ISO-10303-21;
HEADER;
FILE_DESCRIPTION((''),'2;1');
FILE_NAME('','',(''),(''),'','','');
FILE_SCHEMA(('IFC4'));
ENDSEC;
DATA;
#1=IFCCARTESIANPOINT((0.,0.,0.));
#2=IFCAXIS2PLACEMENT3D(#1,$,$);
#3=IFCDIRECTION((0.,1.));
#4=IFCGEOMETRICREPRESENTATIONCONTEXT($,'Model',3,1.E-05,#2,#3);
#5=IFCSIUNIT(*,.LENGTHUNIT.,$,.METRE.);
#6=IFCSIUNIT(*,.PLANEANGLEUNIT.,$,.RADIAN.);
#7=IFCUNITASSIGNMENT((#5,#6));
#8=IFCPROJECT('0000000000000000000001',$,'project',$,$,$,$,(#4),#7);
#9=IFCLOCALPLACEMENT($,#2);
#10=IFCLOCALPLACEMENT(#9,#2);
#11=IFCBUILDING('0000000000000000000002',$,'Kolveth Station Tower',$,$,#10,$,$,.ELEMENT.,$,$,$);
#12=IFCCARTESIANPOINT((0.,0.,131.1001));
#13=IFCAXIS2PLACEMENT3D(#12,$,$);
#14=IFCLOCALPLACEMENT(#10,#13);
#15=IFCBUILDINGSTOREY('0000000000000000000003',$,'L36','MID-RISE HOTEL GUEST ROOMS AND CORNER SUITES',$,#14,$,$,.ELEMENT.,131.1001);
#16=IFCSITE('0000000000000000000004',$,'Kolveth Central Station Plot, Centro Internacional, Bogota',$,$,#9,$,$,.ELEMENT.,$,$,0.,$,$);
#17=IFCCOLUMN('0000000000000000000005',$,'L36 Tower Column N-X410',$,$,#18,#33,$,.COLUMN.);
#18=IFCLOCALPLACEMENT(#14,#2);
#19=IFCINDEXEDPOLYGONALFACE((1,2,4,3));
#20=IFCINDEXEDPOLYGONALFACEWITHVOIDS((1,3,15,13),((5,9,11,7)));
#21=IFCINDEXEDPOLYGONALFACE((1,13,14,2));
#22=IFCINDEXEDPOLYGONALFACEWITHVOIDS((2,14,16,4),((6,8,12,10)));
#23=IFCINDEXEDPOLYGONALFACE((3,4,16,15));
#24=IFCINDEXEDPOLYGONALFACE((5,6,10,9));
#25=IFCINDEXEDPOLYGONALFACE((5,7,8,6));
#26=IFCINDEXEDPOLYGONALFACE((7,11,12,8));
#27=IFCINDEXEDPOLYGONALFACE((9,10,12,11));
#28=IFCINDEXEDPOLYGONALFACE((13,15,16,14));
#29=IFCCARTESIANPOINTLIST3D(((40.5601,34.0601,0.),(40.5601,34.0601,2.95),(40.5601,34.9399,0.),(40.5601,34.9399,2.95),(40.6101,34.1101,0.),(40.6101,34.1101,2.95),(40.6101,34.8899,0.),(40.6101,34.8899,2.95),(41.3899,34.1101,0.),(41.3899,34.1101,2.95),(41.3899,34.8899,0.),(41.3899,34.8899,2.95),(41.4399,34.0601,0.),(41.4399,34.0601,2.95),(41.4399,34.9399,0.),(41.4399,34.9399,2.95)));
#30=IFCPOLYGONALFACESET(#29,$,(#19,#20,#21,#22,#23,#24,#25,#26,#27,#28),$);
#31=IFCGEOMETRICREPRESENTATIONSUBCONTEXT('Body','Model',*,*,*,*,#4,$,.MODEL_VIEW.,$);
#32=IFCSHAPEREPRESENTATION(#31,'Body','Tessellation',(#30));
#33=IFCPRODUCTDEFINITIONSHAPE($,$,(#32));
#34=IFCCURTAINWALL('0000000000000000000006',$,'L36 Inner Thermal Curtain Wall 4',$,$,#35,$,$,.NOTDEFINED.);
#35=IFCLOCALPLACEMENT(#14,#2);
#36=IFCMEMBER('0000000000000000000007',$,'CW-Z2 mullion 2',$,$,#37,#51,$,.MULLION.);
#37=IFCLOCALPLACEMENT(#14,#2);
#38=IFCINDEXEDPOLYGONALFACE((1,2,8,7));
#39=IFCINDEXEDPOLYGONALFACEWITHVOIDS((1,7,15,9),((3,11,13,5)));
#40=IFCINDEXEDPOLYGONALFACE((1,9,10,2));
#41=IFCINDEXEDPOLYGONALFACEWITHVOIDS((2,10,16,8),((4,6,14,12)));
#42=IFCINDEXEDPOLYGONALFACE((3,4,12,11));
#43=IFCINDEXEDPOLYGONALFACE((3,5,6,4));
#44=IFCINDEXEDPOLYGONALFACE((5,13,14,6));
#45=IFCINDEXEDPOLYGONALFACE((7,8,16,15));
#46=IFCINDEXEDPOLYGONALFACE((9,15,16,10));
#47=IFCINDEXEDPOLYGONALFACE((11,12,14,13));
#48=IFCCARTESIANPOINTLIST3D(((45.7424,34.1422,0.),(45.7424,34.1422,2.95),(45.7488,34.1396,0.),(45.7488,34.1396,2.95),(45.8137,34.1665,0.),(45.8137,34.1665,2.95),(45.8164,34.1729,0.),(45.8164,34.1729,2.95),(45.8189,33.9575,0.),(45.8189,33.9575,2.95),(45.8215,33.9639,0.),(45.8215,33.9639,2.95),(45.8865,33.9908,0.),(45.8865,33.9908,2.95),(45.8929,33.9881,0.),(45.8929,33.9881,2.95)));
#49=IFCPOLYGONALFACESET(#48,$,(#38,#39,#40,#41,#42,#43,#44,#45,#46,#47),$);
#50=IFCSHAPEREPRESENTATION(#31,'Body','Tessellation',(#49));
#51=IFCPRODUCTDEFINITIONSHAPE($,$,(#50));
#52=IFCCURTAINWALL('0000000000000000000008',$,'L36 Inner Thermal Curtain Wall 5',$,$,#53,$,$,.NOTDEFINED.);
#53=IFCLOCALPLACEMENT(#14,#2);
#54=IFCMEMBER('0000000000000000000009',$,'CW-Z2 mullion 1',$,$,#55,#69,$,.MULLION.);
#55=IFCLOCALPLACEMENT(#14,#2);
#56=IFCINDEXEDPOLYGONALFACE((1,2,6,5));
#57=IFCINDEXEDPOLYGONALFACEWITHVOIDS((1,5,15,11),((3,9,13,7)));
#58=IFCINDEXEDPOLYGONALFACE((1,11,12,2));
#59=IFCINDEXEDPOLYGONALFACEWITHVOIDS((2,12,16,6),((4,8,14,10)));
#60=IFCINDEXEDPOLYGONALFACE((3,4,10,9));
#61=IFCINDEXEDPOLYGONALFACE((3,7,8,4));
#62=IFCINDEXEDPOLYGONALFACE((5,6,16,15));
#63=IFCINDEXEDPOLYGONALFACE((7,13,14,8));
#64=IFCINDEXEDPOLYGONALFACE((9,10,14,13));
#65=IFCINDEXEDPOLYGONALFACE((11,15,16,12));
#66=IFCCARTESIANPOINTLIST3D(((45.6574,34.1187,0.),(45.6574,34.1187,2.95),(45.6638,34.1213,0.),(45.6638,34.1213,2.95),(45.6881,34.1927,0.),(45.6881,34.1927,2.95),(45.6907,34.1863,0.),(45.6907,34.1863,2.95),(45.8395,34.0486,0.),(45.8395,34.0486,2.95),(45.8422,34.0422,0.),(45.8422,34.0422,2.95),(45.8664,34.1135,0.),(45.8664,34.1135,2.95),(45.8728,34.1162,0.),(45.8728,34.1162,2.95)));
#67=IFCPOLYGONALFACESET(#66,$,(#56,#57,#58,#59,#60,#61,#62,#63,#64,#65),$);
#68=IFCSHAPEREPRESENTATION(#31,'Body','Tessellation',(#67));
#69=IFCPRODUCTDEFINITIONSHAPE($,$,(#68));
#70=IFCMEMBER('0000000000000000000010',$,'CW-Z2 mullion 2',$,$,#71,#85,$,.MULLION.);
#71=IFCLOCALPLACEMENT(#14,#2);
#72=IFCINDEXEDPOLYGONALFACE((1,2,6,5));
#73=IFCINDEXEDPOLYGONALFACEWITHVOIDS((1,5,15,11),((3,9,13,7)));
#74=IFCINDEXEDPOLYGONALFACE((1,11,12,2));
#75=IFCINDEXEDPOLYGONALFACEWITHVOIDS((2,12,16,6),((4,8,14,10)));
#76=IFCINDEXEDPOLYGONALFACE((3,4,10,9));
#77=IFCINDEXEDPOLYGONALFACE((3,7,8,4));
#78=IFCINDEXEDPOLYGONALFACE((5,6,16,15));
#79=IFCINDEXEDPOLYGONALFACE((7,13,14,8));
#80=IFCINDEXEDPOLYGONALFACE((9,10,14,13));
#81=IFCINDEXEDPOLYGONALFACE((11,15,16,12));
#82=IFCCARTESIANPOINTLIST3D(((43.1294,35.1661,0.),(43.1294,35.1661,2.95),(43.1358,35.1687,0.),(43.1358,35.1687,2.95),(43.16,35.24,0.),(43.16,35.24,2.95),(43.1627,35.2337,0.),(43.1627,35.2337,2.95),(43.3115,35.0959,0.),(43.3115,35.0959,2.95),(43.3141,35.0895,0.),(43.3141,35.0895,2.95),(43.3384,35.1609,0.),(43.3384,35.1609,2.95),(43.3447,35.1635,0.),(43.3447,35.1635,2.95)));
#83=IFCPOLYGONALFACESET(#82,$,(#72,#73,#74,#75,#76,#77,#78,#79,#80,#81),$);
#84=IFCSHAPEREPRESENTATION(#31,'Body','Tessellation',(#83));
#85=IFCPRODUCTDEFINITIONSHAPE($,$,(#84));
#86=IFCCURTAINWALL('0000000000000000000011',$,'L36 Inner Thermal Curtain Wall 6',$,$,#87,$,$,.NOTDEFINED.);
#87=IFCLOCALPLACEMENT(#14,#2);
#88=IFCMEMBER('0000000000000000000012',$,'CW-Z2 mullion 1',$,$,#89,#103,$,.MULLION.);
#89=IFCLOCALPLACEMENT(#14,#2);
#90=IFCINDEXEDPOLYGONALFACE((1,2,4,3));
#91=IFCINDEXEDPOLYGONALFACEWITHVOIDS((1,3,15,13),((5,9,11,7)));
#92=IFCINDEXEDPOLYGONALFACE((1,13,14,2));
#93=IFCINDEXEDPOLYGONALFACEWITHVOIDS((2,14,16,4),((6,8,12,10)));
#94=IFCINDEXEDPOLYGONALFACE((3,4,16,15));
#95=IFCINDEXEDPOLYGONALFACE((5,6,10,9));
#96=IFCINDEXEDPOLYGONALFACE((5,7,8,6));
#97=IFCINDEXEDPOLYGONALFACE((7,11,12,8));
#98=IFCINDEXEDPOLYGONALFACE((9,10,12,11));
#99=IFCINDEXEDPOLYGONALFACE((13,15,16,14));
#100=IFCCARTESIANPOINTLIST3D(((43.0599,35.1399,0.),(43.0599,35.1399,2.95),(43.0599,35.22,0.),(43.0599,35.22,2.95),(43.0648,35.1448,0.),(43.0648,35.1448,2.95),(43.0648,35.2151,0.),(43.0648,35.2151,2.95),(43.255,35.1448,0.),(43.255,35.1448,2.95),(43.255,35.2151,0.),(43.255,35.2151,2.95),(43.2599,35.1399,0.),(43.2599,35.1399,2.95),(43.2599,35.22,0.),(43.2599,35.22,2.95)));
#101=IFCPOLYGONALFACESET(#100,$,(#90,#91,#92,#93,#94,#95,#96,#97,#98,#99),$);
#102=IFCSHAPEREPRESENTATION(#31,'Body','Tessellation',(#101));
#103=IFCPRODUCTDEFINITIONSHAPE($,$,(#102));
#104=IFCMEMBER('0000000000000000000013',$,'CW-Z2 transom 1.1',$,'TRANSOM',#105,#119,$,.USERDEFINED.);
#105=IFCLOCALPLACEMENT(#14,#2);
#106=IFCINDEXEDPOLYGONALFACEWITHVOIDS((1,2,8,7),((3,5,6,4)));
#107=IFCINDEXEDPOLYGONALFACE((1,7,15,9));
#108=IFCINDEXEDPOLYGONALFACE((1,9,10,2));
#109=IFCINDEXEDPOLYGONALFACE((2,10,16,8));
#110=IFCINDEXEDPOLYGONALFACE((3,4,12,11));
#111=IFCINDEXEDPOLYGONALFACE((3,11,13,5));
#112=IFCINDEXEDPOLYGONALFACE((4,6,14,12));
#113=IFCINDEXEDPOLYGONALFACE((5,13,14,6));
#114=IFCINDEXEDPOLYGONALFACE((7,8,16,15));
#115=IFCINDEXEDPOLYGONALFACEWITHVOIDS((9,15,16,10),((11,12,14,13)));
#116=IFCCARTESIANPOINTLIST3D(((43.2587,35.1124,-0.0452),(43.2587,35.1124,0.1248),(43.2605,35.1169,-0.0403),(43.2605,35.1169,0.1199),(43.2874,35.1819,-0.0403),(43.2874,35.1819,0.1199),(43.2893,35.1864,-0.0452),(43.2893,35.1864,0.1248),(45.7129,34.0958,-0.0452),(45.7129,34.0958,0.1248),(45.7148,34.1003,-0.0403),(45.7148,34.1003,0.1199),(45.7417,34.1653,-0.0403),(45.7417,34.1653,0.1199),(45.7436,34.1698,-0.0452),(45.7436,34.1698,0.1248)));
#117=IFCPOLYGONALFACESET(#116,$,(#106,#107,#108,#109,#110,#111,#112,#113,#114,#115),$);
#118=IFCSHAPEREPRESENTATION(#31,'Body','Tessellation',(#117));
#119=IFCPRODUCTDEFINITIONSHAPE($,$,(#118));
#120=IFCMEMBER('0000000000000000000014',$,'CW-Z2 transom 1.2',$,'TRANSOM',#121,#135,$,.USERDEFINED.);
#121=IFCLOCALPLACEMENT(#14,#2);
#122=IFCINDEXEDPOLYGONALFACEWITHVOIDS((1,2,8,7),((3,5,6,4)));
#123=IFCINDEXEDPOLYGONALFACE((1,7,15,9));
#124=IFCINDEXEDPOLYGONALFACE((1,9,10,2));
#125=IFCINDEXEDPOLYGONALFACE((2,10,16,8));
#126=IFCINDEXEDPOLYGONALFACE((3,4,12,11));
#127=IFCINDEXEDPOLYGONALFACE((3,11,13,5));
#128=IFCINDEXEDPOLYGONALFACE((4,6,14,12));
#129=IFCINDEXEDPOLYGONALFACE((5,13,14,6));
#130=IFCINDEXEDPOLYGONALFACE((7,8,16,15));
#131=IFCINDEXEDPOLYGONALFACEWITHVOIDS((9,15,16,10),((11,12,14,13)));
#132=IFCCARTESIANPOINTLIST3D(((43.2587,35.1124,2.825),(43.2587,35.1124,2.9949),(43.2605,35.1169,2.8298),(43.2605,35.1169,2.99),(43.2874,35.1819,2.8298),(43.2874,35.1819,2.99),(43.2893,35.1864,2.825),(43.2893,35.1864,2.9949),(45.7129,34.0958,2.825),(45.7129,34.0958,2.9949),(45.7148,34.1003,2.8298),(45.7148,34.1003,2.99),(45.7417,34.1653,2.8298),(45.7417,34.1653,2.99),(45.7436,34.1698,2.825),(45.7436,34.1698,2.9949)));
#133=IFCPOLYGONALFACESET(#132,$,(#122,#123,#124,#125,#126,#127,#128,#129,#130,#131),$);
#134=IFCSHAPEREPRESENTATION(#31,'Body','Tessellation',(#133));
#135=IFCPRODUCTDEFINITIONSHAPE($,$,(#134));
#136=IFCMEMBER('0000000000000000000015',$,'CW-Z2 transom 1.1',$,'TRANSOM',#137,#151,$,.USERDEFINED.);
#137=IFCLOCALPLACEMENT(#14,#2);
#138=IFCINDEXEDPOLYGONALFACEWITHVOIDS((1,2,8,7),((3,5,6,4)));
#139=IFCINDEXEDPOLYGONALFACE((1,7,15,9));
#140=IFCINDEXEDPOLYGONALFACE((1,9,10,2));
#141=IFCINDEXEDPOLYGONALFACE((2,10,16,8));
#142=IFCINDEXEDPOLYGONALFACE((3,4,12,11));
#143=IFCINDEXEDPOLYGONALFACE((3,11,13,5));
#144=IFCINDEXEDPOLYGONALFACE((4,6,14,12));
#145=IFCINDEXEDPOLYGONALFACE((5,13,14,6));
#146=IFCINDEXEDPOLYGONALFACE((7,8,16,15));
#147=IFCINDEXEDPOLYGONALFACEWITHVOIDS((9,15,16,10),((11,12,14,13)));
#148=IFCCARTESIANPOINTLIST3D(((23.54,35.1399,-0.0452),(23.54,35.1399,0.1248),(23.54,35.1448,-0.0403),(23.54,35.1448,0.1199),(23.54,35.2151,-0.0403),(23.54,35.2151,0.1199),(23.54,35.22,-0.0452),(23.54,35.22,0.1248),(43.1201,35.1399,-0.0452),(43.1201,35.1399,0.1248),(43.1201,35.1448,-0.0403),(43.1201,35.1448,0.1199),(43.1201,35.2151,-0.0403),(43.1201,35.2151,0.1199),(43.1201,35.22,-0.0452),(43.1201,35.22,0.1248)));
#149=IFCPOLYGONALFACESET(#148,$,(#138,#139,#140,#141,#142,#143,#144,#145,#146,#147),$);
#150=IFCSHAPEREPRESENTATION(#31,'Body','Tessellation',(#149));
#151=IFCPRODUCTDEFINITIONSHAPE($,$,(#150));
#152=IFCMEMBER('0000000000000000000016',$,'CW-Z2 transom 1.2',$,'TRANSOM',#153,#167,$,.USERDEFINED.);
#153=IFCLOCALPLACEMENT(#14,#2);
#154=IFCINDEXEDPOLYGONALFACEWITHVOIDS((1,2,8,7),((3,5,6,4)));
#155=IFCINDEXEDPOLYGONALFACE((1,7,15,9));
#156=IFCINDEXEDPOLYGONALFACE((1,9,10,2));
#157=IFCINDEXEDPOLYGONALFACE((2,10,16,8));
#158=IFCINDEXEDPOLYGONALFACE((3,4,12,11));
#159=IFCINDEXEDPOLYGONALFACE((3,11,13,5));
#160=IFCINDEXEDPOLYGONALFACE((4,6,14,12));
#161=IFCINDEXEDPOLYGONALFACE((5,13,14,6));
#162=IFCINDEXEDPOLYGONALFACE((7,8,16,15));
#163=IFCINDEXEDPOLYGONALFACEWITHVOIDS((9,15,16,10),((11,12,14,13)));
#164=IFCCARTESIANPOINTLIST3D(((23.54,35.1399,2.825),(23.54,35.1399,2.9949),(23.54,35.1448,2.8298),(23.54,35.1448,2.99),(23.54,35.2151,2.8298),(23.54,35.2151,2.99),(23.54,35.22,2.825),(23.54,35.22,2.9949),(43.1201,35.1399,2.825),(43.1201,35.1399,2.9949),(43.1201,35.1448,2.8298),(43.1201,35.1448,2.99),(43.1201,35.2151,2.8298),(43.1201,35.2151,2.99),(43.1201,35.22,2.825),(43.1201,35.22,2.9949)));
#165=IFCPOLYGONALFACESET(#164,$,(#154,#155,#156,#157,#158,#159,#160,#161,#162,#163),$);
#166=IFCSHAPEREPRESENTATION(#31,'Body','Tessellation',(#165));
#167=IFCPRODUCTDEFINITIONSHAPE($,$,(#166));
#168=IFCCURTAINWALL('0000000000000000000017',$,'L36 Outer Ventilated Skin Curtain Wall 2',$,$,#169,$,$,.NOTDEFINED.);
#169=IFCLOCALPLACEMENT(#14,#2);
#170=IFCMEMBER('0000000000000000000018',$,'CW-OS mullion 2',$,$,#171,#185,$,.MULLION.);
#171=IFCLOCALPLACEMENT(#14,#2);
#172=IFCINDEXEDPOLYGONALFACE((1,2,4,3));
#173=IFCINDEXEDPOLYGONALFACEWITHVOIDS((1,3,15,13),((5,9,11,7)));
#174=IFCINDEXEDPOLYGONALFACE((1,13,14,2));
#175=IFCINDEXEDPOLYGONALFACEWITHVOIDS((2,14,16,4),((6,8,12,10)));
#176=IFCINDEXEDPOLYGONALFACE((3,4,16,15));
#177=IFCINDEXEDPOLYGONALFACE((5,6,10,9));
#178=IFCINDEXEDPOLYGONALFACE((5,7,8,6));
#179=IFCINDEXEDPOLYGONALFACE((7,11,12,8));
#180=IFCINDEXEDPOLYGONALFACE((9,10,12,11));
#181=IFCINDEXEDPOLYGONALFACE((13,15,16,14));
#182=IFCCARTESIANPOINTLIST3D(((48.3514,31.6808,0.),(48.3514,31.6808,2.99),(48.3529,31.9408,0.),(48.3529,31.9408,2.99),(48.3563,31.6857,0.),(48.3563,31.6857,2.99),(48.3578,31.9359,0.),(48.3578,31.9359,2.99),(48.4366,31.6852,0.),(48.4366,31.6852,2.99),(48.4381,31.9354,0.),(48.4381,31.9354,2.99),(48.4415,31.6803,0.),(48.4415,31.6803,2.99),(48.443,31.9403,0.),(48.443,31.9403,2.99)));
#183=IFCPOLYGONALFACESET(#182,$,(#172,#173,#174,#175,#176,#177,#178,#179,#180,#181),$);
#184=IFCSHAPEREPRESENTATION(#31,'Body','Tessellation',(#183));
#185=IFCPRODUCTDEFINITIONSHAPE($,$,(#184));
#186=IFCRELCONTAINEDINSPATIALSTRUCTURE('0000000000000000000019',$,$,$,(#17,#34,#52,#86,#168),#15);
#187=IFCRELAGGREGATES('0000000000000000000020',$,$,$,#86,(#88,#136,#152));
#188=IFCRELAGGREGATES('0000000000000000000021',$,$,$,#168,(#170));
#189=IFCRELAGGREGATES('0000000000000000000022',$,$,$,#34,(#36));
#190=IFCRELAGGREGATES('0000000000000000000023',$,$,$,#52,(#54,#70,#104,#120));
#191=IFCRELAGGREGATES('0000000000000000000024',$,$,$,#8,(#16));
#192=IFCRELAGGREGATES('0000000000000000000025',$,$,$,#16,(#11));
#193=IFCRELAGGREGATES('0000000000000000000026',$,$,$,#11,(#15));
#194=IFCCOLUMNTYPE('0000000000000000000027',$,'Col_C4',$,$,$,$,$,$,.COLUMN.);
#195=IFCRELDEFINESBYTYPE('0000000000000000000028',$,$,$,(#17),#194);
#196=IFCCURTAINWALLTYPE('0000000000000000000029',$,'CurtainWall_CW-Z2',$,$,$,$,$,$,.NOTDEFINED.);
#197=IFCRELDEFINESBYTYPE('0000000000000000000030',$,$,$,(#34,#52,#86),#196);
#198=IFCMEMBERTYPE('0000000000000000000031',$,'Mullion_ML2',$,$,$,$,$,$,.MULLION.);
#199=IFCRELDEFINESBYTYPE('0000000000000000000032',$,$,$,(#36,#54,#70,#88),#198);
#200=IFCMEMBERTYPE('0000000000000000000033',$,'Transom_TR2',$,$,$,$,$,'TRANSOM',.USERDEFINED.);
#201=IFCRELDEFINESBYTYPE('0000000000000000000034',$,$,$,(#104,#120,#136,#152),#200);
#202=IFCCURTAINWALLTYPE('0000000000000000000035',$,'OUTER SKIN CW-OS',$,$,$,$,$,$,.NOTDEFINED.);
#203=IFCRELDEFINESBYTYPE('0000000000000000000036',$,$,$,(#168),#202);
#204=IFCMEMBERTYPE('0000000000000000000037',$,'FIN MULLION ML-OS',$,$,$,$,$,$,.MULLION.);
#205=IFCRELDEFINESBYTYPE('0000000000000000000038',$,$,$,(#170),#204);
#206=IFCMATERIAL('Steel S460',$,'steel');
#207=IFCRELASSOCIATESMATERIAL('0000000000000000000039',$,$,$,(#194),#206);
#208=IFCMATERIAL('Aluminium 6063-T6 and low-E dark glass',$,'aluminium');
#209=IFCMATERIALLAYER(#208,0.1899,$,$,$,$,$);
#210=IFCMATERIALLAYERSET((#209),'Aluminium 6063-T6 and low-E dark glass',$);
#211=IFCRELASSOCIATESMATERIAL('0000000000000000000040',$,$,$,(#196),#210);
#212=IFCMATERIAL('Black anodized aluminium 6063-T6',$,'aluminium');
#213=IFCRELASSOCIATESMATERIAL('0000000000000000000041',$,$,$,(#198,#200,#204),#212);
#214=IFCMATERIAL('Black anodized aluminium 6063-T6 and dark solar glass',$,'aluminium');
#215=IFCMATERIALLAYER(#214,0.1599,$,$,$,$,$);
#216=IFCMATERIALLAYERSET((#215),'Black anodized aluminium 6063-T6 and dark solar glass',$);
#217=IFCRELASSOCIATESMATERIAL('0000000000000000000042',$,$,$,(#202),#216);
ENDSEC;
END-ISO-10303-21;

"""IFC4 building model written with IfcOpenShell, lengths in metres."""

from ifc_helpers import new_model, si_unit, direction, frame, origin, origin_2d, place, context, subcontext, project, spatial, hollow_rectangle, extrude, source, transform, mapped, material, layer, layer_set, material_profile, profile_set, type_object, element, aggregate, save


model = new_model("IFC4")

# Units and contexts
model_context = context("Model", 3, precision=1e-05, world=origin(), true_north=direction((0.0, 1.0)))
body_context = subcontext(model_context, "Body", "Model", "MODEL_VIEW")
ifc_project = project(units=[si_unit("LENGTHUNIT", "METRE"), si_unit("PLANEANGLEUNIT", "RADIAN")], contexts=[model_context])

# Site, building, storey
site_placement = place(None, origin())
site = spatial("IfcSite", under=ifc_project, at=site_placement, Name="Kolveth Central Station Plot, Centro Internacional, Bogota", CompositionType="ELEMENT", RefElevation=0.0)
building_placement = place(site_placement, origin())
building = spatial("IfcBuilding", under=site, at=building_placement, Name="Kolveth Station Tower", CompositionType="ELEMENT")
storey_placement = place(building_placement, frame((0.0, 0.0, 131.1001)))
storey = spatial("IfcBuildingStorey", under=building, at=storey_placement, Name="L36", Description="MID-RISE HOTEL GUEST ROOMS AND CORNER SUITES", CompositionType="ELEMENT", Elevation=131.1001)

# Column
ifc_material_1 = material(Name="Steel S460", Category="steel")
ifc_material_profile_1 = material_profile(ifc_material_1, hollow_rectangle(XDim=0.8799, YDim=0.8799, WallThickness=0.05, at=origin_2d()), Name="BOX880x880x50")
ifc_profile_set_1 = profile_set([ifc_material_profile_1], Name="Steel S460")
column_type = type_object("IfcColumnType", Name="Col_C4", PredefinedType="COLUMN", material=ifc_profile_set_1)
shared_shape_1 = source(origin(), body_context, "Body", "SweptSolid", [
    extrude(hollow_rectangle(XDim=0.8799, YDim=0.8799, WallThickness=0.05, at=origin_2d()), origin(), (0.0, 0.0, 1.0), 2.95),
])
column_placement = place(storey_placement, frame((41.0, 34.5, 0.0), z_axis=(0.0, 0.0, 1.0), x_axis=(1.0, 0.0, 0.0)))
element("IfcColumn", 1, at=column_placement, inside=storey, type_object=column_type, Name="L36 Tower Column N-X410", PredefinedType="COLUMN", context=body_context, shape_type="MappedRepresentation", body=[
    mapped(shared_shape_1, transform((0.0, 0.0, 0.0), x_axis=(1.0, 0.0, 0.0), y_axis=(0.0, 1.0, 0.0), z_axis=(0.0, 0.0, 1.0), scale=1.0)),
])

# Curtain wall, member
ifc_material_2 = material(Name="Aluminium 6063-T6 and low-E dark glass", Category="aluminium")
ifc_layer_1 = layer(ifc_material_2, 0.1899)
ifc_layer_set_1 = layer_set([ifc_layer_1], Name="Aluminium 6063-T6 and low-E dark glass")
curtain_wall_type_1 = type_object("IfcCurtainWallType", Name="CurtainWall_CW-Z2", PredefinedType="NOTDEFINED", material=ifc_layer_set_1)
curtain_wall_1_placement = place(storey_placement, origin())
curtain_wall_1 = element("IfcCurtainWall", 2, at=curtain_wall_1_placement, inside=storey, type_object=curtain_wall_type_1, Name="L36 Inner Thermal Curtain Wall 4", PredefinedType="NOTDEFINED")
ifc_material_3 = material(Name="Black anodized aluminium 6063-T6", Category="aluminium")
ifc_material_profile_2 = material_profile(ifc_material_3, hollow_rectangle(XDim=0.0801, YDim=0.2, WallThickness=0.0049, at=origin_2d()), Name="ALU-80x200x5")
ifc_profile_set_2 = profile_set([ifc_material_profile_2], Name="Black anodized aluminium 6063-T6")
member_type_1 = type_object("IfcMemberType", Name="Mullion_ML2", PredefinedType="MULLION", material=ifc_profile_set_2)
shared_shape_2 = source(origin(), body_context, "Body", "SweptSolid", [
    extrude(hollow_rectangle(XDim=0.0801, YDim=0.2, WallThickness=0.0049, at=origin_2d()), origin(), (0.0, 0.0, 1.0), 2.95),
])
member_1_placement = place(storey_placement, frame((45.8176, 34.0652, 0.0), z_axis=(0.0, 0.0, 1.0), x_axis=(-0.923888, -0.382663, 0.0)))
member_1 = element("IfcMember", 3, at=member_1_placement, type_object=member_type_1, Name="CW-Z2 mullion 2", PredefinedType="MULLION", context=body_context, shape_type="MappedRepresentation", body=[
    mapped(shared_shape_2, transform((0.0, 0.0, 0.0), x_axis=(1.0, 0.0, 0.0), y_axis=(0.0, 1.0, 0.0), z_axis=(0.0, 0.0, 1.0), scale=1.0)),
])

# Curtain wall, members
curtain_wall_2_placement = place(storey_placement, origin())
curtain_wall_2 = element("IfcCurtainWall", 4, at=curtain_wall_2_placement, inside=storey, type_object=curtain_wall_type_1, Name="L36 Inner Thermal Curtain Wall 5", PredefinedType="NOTDEFINED")
member_2_placement = place(storey_placement, frame((45.7651, 34.1174, 0.0), z_axis=(0.0, 0.0, 1.0), x_axis=(-0.382663, -0.923888, 0.0)))
member_2 = element("IfcMember", 5, at=member_2_placement, type_object=member_type_1, Name="CW-Z2 mullion 1", PredefinedType="MULLION", context=body_context, shape_type="MappedRepresentation", body=[
    mapped(shared_shape_2, transform((0.0, 0.0, 0.0), x_axis=(1.0, 0.0, 0.0), y_axis=(0.0, 1.0, 0.0), z_axis=(0.0, 0.0, 1.0), scale=1.0)),
])
member_3_placement = place(storey_placement, frame((43.2371, 35.1648, 0.0), z_axis=(0.0, 0.0, 1.0), x_axis=(-0.382663, -0.923888, 0.0)))
member_3 = element("IfcMember", 6, at=member_3_placement, type_object=member_type_1, Name="CW-Z2 mullion 2", PredefinedType="MULLION", context=body_context, shape_type="MappedRepresentation", body=[
    mapped(shared_shape_2, transform((0.0, 0.0, 0.0), x_axis=(1.0, 0.0, 0.0), y_axis=(0.0, 1.0, 0.0), z_axis=(0.0, 0.0, 1.0), scale=1.0)),
])

# Curtain wall, member
curtain_wall_3_placement = place(storey_placement, origin())
curtain_wall_3 = element("IfcCurtainWall", 7, at=curtain_wall_3_placement, inside=storey, type_object=curtain_wall_type_1, Name="L36 Inner Thermal Curtain Wall 6", PredefinedType="NOTDEFINED")
member_4_placement = place(storey_placement, frame((43.1599, 35.1799, 0.0), z_axis=(0.0, 0.0, 1.0), x_axis=(0.0, -1.0, 0.0)))
member_4 = element("IfcMember", 8, at=member_4_placement, type_object=member_type_1, Name="CW-Z2 mullion 1", PredefinedType="MULLION", context=body_context, shape_type="MappedRepresentation", body=[
    mapped(shared_shape_2, transform((0.0, 0.0, 0.0), x_axis=(1.0, 0.0, 0.0), y_axis=(0.0, 1.0, 0.0), z_axis=(0.0, 0.0, 1.0), scale=1.0)),
])

# Members
ifc_material_profile_3 = material_profile(ifc_material_3, hollow_rectangle(XDim=0.0801, YDim=0.1699, WallThickness=0.0049, at=origin_2d()), Name="ALU-80x170x5")
ifc_profile_set_3 = profile_set([ifc_material_profile_3], Name="Black anodized aluminium 6063-T6")
member_type_2 = type_object("IfcMemberType", Name="Transom_TR2", ElementType="TRANSOM", PredefinedType="USERDEFINED", material=ifc_profile_set_3)
shared_shape_3 = source(origin(), body_context, "Body", "SweptSolid", [
    extrude(hollow_rectangle(XDim=0.0801, YDim=0.1699, WallThickness=0.0049, at=origin_2d()), origin(), (0.0, 0.0, 1.0), 2.6565),
])
member_5_placement = place(storey_placement, frame((45.7283, 34.1328, 0.0398), z_axis=(-0.923882, 0.382676, 0.0), x_axis=(-0.382676, -0.923882, 0.0)))
member_5 = element("IfcMember", 9, at=member_5_placement, type_object=member_type_2, Name="CW-Z2 transom 1.1", ObjectType="TRANSOM", PredefinedType="USERDEFINED", context=body_context, shape_type="MappedRepresentation", body=[
    mapped(shared_shape_3, transform((0.0, 0.0, 0.0), x_axis=(1.0, 0.0, 0.0), y_axis=(0.0, 1.0, 0.0), z_axis=(0.0, 0.0, 1.0), scale=1.0)),
])
member_6_placement = place(storey_placement, frame((45.7283, 34.1328, 2.9099), z_axis=(-0.923882, 0.382676, 0.0), x_axis=(-0.382676, -0.923882, 0.0)))
member_6 = element("IfcMember", 10, at=member_6_placement, type_object=member_type_2, Name="CW-Z2 transom 1.2", ObjectType="TRANSOM", PredefinedType="USERDEFINED", context=body_context, shape_type="MappedRepresentation", body=[
    mapped(shared_shape_3, transform((0.0, 0.0, 0.0), x_axis=(1.0, 0.0, 0.0), y_axis=(0.0, 1.0, 0.0), z_axis=(0.0, 0.0, 1.0), scale=1.0)),
])
shared_shape_4 = source(origin(), body_context, "Body", "SweptSolid", [
    extrude(hollow_rectangle(XDim=0.0801, YDim=0.1699, WallThickness=0.0049, at=origin_2d()), origin(), (0.0, 0.0, 1.0), 19.5801),
])
member_7_placement = place(storey_placement, frame((43.1201, 35.1799, 0.0398), z_axis=(-1.0, 0.0, 0.0), x_axis=(0.0, -1.0, 0.0)))
member_7 = element("IfcMember", 11, at=member_7_placement, type_object=member_type_2, Name="CW-Z2 transom 1.1", ObjectType="TRANSOM", PredefinedType="USERDEFINED", context=body_context, shape_type="MappedRepresentation", body=[
    mapped(shared_shape_4, transform((0.0, 0.0, 0.0), x_axis=(1.0, 0.0, 0.0), y_axis=(0.0, 1.0, 0.0), z_axis=(0.0, 0.0, 1.0), scale=1.0)),
])
member_8_placement = place(storey_placement, frame((43.1201, 35.1799, 2.9099), z_axis=(-1.0, 0.0, 0.0), x_axis=(0.0, -1.0, 0.0)))
member_8 = element("IfcMember", 12, at=member_8_placement, type_object=member_type_2, Name="CW-Z2 transom 1.2", ObjectType="TRANSOM", PredefinedType="USERDEFINED", context=body_context, shape_type="MappedRepresentation", body=[
    mapped(shared_shape_4, transform((0.0, 0.0, 0.0), x_axis=(1.0, 0.0, 0.0), y_axis=(0.0, 1.0, 0.0), z_axis=(0.0, 0.0, 1.0), scale=1.0)),
])
aggregate(curtain_wall_3, [member_4, member_7, member_8])

# Curtain wall, member
ifc_material_4 = material(Name="Black anodized aluminium 6063-T6 and dark solar glass", Category="aluminium")
ifc_layer_2 = layer(ifc_material_4, 0.1599)
ifc_layer_set_2 = layer_set([ifc_layer_2], Name="Black anodized aluminium 6063-T6 and dark solar glass")
curtain_wall_type_2 = type_object("IfcCurtainWallType", Name="OUTER SKIN CW-OS", PredefinedType="NOTDEFINED", material=ifc_layer_set_2)
curtain_wall_4_placement = place(storey_placement, origin())
curtain_wall_4 = element("IfcCurtainWall", 13, at=curtain_wall_4_placement, inside=storey, type_object=curtain_wall_type_2, Name="L36 Outer Ventilated Skin Curtain Wall 2", PredefinedType="NOTDEFINED")
ifc_material_profile_4 = material_profile(ifc_material_3, hollow_rectangle(XDim=0.0901, YDim=0.26, WallThickness=0.0049, at=origin_2d()), Name="ALU-90x260x5")
ifc_profile_set_4 = profile_set([ifc_material_profile_4], Name="Black anodized aluminium 6063-T6")
member_type_3 = type_object("IfcMemberType", Name="FIN MULLION ML-OS", PredefinedType="MULLION", material=ifc_profile_set_4)
shared_shape_5 = source(origin(), body_context, "Body", "SweptSolid", [
    extrude(hollow_rectangle(XDim=0.0901, YDim=0.26, WallThickness=0.0049, at=origin_2d()), origin(), (0.0, 0.0, 1.0), 2.99),
])
member_9_placement = place(storey_placement, frame((48.3972, 31.8105, 0.0), z_axis=(0.0, 0.0, 1.0), x_axis=(-0.999982, 0.005934, 0.0)))
member_9 = element("IfcMember", 14, at=member_9_placement, type_object=member_type_3, Name="CW-OS mullion 2", PredefinedType="MULLION", context=body_context, shape_type="MappedRepresentation", body=[
    mapped(shared_shape_5, transform((0.0, 0.0, 0.0), x_axis=(1.0, 0.0, 0.0), y_axis=(0.0, 1.0, 0.0), z_axis=(0.0, 0.0, 1.0), scale=1.0)),
])
aggregate(curtain_wall_4, [member_9])

aggregate(curtain_wall_1, [member_1])
aggregate(curtain_wall_2, [member_2, member_3, member_5, member_6])

save(model, "model.ifc")
